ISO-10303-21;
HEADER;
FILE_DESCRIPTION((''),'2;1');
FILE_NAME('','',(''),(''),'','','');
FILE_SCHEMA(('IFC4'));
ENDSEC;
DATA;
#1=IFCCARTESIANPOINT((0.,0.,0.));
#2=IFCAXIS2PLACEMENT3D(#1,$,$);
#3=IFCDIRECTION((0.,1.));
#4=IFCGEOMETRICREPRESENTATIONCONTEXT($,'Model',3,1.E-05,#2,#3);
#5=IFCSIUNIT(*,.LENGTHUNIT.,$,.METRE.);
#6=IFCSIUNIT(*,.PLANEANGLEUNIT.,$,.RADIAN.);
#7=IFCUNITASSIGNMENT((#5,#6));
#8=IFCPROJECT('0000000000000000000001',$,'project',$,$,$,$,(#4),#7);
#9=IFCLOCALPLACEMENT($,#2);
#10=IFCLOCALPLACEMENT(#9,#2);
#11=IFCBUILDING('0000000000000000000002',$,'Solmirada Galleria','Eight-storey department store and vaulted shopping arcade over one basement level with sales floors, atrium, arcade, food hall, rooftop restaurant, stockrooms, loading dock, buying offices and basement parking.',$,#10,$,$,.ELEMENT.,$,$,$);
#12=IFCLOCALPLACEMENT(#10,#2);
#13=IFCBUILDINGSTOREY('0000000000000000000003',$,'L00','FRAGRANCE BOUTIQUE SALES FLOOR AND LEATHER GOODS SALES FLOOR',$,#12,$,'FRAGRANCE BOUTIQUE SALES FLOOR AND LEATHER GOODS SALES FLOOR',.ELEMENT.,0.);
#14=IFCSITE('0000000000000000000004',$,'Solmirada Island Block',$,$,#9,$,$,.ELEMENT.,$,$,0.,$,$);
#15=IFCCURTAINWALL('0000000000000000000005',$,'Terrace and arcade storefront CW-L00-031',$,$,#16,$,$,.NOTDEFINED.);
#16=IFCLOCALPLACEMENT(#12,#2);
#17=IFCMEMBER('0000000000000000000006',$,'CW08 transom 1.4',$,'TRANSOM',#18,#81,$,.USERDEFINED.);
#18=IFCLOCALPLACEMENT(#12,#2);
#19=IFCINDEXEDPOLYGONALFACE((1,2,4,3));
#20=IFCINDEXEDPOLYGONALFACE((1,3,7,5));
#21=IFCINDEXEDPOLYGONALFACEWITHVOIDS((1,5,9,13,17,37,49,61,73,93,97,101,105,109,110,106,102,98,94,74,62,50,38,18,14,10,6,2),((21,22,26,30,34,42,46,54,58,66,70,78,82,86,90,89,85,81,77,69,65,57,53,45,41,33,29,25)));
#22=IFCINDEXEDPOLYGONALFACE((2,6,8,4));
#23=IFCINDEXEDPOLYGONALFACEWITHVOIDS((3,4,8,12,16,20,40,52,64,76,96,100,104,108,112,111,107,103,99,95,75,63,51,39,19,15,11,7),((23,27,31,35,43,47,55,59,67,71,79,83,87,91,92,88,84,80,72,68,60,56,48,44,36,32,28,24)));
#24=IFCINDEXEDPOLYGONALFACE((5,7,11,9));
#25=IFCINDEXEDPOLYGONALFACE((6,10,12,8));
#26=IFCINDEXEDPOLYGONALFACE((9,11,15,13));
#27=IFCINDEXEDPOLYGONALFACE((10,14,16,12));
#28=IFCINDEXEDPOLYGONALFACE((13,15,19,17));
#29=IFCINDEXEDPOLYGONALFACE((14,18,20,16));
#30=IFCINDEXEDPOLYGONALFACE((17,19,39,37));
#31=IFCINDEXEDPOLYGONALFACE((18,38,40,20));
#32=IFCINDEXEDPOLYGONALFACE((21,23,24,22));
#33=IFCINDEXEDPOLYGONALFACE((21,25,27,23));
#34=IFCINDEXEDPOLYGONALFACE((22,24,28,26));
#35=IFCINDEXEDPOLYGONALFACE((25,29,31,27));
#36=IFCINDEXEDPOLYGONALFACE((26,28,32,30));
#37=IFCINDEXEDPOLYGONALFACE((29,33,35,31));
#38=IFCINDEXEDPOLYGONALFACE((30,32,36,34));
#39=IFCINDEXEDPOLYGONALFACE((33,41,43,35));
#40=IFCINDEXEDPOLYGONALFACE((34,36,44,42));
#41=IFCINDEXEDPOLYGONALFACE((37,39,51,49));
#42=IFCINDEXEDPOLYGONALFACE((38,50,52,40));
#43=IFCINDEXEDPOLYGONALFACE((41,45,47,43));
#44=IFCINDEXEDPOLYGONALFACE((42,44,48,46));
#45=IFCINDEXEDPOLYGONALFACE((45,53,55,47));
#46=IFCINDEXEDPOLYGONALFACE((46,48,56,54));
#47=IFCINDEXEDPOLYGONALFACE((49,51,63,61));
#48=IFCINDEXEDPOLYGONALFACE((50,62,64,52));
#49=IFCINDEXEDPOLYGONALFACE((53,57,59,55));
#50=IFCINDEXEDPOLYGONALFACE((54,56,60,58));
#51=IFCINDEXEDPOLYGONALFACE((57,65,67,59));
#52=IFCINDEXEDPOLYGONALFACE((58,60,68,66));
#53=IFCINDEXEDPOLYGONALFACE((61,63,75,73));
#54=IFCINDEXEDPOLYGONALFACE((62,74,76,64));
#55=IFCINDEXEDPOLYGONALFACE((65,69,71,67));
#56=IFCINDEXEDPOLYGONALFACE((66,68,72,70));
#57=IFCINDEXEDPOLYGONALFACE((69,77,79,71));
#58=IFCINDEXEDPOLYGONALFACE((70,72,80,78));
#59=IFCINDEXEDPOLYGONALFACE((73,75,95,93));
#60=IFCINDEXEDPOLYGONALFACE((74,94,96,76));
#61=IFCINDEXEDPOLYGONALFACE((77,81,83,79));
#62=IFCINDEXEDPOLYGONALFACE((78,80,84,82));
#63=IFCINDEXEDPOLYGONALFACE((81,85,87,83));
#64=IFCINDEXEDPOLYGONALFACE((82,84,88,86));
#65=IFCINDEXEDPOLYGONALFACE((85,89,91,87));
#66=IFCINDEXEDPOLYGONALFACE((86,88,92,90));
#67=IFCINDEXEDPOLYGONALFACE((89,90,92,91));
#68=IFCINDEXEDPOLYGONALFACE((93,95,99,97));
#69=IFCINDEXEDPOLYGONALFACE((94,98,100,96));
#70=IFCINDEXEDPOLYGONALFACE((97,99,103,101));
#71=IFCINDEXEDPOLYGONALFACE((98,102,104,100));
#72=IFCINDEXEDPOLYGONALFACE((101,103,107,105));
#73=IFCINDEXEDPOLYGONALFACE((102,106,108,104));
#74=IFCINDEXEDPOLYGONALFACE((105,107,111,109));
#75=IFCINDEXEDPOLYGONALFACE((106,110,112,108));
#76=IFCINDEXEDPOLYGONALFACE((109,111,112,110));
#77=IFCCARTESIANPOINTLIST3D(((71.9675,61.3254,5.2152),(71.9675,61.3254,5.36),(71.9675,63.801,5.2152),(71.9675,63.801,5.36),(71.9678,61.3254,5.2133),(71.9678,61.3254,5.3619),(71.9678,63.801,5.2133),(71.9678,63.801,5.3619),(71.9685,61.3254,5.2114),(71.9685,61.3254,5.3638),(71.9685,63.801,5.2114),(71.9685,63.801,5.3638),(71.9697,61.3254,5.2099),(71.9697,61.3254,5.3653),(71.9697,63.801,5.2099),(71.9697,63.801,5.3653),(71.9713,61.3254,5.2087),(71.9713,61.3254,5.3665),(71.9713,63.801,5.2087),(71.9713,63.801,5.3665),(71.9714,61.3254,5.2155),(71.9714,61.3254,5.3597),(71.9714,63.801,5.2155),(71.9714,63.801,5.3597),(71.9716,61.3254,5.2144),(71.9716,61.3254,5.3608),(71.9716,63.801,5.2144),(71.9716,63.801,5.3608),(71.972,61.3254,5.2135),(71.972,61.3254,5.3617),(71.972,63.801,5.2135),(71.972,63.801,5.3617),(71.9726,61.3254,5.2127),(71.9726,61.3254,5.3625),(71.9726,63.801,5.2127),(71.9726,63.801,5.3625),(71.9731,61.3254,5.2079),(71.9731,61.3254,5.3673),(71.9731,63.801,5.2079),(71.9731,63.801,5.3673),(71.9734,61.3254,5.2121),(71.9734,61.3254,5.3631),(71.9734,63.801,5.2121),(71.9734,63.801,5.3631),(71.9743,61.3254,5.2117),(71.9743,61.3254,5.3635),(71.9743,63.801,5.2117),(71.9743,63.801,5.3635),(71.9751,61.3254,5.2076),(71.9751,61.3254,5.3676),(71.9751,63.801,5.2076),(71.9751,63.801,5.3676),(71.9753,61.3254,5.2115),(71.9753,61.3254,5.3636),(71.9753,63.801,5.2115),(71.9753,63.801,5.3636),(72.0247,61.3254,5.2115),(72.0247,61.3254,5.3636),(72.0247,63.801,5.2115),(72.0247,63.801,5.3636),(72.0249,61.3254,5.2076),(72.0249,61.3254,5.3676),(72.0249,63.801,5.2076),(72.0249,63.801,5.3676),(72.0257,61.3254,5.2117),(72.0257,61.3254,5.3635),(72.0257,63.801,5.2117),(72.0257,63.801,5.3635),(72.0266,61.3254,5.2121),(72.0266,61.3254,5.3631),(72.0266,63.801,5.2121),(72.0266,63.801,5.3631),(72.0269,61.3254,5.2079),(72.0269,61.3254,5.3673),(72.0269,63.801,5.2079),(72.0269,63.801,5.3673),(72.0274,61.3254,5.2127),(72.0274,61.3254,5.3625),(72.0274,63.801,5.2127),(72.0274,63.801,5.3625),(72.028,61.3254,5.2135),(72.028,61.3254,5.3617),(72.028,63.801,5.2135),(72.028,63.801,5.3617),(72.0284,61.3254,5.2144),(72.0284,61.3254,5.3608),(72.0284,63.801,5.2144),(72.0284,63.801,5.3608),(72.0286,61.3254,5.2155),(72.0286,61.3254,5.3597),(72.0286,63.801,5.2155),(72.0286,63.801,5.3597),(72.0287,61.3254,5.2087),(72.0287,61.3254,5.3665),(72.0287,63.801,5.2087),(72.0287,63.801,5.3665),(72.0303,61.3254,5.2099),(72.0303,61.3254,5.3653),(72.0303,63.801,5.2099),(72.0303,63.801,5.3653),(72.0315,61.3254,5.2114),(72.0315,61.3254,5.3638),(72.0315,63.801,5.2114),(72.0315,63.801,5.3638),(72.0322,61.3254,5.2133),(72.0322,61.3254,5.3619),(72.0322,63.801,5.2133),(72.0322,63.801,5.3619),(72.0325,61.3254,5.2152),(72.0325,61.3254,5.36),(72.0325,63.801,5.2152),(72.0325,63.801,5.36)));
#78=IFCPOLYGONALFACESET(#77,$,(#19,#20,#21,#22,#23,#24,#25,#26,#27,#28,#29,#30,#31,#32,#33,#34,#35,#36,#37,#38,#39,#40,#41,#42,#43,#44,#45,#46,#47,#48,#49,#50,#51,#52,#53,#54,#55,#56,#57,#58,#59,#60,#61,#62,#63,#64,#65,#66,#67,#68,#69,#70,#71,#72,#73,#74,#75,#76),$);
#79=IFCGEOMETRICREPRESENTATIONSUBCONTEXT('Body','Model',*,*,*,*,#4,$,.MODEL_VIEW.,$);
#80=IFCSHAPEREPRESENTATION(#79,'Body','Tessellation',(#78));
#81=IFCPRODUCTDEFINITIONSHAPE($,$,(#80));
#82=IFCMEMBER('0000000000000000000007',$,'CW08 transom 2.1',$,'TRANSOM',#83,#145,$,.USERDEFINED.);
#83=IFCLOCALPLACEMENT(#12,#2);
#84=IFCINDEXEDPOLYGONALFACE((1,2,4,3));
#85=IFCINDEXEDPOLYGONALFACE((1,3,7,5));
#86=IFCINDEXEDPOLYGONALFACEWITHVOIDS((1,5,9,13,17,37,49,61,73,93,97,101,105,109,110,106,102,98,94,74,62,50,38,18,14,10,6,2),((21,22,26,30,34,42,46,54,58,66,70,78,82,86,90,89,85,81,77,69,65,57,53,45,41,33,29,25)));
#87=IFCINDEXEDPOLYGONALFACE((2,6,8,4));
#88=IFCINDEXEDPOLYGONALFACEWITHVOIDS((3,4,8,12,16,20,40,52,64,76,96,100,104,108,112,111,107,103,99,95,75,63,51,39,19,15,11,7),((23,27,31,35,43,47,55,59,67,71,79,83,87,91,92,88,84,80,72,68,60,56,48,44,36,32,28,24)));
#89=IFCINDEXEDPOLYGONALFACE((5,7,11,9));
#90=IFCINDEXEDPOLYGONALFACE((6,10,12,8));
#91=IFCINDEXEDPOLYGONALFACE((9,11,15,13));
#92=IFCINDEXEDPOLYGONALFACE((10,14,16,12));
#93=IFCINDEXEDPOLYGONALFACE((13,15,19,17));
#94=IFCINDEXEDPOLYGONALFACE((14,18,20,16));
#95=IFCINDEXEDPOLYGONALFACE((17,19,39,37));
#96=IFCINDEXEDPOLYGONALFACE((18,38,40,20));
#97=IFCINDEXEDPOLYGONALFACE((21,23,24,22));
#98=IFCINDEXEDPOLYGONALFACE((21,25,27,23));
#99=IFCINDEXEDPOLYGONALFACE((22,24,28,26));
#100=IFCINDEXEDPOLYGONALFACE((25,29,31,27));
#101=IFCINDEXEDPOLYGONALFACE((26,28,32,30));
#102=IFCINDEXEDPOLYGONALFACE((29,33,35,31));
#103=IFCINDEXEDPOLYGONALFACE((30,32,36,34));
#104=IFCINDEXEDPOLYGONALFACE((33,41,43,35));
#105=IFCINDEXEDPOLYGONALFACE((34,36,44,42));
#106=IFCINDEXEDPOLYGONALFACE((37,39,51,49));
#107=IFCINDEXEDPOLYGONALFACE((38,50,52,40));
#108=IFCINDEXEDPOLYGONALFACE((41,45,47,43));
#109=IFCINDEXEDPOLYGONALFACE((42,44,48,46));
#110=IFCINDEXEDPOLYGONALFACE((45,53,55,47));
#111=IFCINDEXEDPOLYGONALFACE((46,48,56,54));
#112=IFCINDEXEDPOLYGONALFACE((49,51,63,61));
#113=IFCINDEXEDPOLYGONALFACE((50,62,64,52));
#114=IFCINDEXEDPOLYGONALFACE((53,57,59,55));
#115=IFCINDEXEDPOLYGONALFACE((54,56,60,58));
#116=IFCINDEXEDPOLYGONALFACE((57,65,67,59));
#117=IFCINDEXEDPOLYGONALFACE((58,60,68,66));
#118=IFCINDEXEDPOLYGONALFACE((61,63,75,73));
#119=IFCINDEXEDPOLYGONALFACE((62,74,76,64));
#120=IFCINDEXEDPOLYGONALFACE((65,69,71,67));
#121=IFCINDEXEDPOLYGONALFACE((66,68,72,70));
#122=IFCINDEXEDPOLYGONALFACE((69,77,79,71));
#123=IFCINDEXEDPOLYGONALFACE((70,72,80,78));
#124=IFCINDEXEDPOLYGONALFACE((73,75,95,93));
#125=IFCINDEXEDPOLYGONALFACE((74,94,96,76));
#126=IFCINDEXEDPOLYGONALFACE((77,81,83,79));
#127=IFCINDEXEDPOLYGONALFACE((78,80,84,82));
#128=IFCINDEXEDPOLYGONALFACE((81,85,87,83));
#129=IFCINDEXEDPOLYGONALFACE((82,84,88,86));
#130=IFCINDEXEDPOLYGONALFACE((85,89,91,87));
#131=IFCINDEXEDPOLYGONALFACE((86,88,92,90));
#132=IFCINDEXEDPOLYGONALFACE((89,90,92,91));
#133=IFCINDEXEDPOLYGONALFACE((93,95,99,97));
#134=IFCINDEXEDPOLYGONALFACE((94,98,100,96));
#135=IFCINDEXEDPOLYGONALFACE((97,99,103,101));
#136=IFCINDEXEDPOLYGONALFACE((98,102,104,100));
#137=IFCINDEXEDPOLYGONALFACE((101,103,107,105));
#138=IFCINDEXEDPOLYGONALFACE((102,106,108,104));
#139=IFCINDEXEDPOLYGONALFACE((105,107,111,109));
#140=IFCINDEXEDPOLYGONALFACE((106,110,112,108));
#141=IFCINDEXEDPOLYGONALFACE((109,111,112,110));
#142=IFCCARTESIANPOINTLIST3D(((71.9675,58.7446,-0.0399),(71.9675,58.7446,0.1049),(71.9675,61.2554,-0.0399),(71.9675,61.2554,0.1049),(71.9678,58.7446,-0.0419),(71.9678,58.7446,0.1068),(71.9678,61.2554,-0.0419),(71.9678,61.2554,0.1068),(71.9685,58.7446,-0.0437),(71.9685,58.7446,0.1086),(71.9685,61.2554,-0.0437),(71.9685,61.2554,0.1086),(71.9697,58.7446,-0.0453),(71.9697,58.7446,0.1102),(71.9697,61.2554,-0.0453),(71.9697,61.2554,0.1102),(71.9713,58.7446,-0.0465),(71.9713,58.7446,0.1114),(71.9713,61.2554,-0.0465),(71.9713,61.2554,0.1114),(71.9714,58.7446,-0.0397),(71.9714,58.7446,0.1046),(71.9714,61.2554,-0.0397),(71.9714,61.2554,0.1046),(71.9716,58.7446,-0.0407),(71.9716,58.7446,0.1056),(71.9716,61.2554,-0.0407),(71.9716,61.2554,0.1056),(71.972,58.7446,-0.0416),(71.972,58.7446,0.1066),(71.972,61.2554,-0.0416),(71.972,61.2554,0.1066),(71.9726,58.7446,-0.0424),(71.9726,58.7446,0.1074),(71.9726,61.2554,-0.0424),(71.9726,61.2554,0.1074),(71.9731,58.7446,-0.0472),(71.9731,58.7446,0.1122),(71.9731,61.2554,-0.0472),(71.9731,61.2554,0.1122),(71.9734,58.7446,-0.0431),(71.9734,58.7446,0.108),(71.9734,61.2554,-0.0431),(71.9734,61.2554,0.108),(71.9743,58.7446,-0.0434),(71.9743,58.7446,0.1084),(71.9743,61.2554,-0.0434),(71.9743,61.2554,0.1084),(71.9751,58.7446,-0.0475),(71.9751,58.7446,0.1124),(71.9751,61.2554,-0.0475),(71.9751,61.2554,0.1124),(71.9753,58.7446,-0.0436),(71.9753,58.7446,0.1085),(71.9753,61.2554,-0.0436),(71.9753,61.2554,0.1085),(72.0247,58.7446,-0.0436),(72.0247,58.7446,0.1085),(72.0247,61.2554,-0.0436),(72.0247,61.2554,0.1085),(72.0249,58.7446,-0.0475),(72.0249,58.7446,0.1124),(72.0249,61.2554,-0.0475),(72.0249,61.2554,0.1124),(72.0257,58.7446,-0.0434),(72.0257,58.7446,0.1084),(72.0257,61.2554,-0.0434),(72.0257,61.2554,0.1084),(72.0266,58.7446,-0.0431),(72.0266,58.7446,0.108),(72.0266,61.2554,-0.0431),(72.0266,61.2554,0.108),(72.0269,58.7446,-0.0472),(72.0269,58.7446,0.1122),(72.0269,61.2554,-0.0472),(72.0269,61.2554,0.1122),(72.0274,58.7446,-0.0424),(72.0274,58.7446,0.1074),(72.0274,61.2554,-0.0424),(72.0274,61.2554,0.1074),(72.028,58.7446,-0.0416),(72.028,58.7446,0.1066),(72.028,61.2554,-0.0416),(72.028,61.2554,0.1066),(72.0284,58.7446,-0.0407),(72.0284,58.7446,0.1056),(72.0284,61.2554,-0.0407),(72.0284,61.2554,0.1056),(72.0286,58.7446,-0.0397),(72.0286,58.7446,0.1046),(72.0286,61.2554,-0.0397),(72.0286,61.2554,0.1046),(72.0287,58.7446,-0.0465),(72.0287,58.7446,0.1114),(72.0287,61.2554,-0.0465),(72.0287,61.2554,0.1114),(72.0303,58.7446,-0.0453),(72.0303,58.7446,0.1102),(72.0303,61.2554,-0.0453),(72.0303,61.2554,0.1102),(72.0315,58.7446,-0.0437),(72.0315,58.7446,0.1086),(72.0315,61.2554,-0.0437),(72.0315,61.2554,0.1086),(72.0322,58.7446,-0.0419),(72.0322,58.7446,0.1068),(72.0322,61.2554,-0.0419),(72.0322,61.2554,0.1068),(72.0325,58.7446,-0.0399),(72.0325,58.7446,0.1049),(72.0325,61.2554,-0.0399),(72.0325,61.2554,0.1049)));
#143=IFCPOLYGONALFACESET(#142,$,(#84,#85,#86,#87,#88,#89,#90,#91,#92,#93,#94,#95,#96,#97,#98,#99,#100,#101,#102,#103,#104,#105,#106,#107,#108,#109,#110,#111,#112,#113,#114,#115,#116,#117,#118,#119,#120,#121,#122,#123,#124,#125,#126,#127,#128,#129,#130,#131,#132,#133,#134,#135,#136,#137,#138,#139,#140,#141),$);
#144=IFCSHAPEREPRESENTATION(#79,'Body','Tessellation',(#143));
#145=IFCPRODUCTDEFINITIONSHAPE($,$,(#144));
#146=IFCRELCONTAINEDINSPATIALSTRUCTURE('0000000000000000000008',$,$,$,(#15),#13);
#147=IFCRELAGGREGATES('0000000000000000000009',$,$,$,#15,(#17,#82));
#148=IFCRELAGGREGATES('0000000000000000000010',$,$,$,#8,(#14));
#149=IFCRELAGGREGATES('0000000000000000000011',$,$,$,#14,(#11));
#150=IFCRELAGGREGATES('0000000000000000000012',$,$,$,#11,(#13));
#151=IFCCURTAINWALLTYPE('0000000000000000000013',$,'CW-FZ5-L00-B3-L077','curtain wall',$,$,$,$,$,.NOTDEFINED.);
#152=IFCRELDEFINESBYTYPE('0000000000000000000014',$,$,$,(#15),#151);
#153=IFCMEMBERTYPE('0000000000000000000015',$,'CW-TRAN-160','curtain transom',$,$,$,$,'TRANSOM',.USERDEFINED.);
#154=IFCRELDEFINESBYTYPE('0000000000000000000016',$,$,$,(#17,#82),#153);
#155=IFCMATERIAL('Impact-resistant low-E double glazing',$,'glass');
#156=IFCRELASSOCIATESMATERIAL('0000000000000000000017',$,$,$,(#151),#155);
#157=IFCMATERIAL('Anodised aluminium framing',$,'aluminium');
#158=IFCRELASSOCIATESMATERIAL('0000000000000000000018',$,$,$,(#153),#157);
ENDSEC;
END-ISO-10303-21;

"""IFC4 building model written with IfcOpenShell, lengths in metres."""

from ifc_helpers import new_model, si_unit, direction, frame, origin, origin_2d, place, context, subcontext, project, spatial, hollow_rectangle, extrude, material, material_profile, profile_set, type_object, element, aggregate, save


model = new_model("IFC4")

# Units and contexts
model_context = context("Model", 3, precision=1e-05, world=origin(), true_north=direction((0.0, 1.0)))
body_context = subcontext(model_context, "Body", "Model", "MODEL_VIEW")
ifc_project = project(units=[si_unit("LENGTHUNIT", "METRE"), si_unit("PLANEANGLEUNIT", "RADIAN")], contexts=[model_context])

# Site, building, storey
site_placement = place(None, origin())
site = spatial("IfcSite", under=ifc_project, at=site_placement, Name="Solmirada Island Block", CompositionType="ELEMENT", RefElevation=0.0)
building_placement = place(site_placement, origin())
building = spatial("IfcBuilding", under=site, at=building_placement, Name="Solmirada Galleria", Description="Eight-storey department store and vaulted shopping arcade over one basement level with sales floors, atrium, arcade, food hall, rooftop restaurant, stockrooms, loading dock, buying offices and basement parking.", CompositionType="ELEMENT")
storey_placement = place(building_placement, origin())
storey = spatial("IfcBuildingStorey", under=building, at=storey_placement, Name="L00", Description="FRAGRANCE BOUTIQUE SALES FLOOR AND LEATHER GOODS SALES FLOOR", LongName="FRAGRANCE BOUTIQUE SALES FLOOR AND LEATHER GOODS SALES FLOOR", CompositionType="ELEMENT", Elevation=0.0)

# Curtain wall
ifc_material_1 = material(Name="Impact-resistant low-E double glazing", Category="glass")
curtain_wall_type = type_object("IfcCurtainWallType", Name="CW-FZ5-L00-B3-L077", Description="curtain wall", PredefinedType="NOTDEFINED", material=ifc_material_1)
curtain_wall_1_placement = place(storey_placement, origin())
curtain_wall_1 = element("IfcCurtainWall", 1, at=curtain_wall_1_placement, inside=storey, type_object=curtain_wall_type, Name="Terrace and arcade storefront CW-L00-031", PredefinedType="NOTDEFINED")
ifc_material_2 = material(Name="Anodised aluminium framing", Category="aluminium")

# Members
ifc_material_profile_1 = material_profile(ifc_material_2, hollow_rectangle(XDim=0.0649, YDim=0.1599, WallThickness=0.0039, InnerFilletRadius=0.0039, OuterFilletRadius=0.0076, at=origin_2d()), Name="ALU-TRAN-160X65")
ifc_profile_set_1 = profile_set([ifc_material_profile_1], Name="Anodised aluminium framing")
member_type_1 = type_object("IfcMemberType", Name="CW-TRAN-160", Description="curtain transom", ElementType="TRANSOM", PredefinedType="USERDEFINED", material=ifc_profile_set_1)
member_1_placement = place(storey_placement, frame((72.0, 63.801, 5.2876), z_axis=(0.0, -1.0, 0.0), x_axis=(1.0, 0.0, 0.0)))
member_1 = element("IfcMember", 2, at=member_1_placement, type_object=member_type_1, Name="CW08 transom 1.4", ObjectType="TRANSOM", PredefinedType="USERDEFINED", context=body_context, shape_type="SweptSolid", body=[
    extrude(hollow_rectangle(XDim=0.0649, YDim=0.1599, WallThickness=0.0039, InnerFilletRadius=0.0039, OuterFilletRadius=0.0076, at=origin_2d()), origin(), (0.0, 0.0, 1.0), 2.4756),
])
member_2_placement = place(storey_placement, frame((72.0, 61.2554, 0.0325), z_axis=(0.0, -1.0, 0.0), x_axis=(1.0, 0.0, 0.0)))
member_2 = element("IfcMember", 3, at=member_2_placement, type_object=member_type_1, Name="CW08 transom 2.1", ObjectType="TRANSOM", PredefinedType="USERDEFINED", context=body_context, shape_type="SweptSolid", body=[
    extrude(hollow_rectangle(XDim=0.0649, YDim=0.1599, WallThickness=0.0039, InnerFilletRadius=0.0039, OuterFilletRadius=0.0076, at=origin_2d()), origin(), (0.0, 0.0, 1.0), 2.5107),
])

aggregate(curtain_wall_1, [member_1, member_2])

save(model, "model.ifc")
